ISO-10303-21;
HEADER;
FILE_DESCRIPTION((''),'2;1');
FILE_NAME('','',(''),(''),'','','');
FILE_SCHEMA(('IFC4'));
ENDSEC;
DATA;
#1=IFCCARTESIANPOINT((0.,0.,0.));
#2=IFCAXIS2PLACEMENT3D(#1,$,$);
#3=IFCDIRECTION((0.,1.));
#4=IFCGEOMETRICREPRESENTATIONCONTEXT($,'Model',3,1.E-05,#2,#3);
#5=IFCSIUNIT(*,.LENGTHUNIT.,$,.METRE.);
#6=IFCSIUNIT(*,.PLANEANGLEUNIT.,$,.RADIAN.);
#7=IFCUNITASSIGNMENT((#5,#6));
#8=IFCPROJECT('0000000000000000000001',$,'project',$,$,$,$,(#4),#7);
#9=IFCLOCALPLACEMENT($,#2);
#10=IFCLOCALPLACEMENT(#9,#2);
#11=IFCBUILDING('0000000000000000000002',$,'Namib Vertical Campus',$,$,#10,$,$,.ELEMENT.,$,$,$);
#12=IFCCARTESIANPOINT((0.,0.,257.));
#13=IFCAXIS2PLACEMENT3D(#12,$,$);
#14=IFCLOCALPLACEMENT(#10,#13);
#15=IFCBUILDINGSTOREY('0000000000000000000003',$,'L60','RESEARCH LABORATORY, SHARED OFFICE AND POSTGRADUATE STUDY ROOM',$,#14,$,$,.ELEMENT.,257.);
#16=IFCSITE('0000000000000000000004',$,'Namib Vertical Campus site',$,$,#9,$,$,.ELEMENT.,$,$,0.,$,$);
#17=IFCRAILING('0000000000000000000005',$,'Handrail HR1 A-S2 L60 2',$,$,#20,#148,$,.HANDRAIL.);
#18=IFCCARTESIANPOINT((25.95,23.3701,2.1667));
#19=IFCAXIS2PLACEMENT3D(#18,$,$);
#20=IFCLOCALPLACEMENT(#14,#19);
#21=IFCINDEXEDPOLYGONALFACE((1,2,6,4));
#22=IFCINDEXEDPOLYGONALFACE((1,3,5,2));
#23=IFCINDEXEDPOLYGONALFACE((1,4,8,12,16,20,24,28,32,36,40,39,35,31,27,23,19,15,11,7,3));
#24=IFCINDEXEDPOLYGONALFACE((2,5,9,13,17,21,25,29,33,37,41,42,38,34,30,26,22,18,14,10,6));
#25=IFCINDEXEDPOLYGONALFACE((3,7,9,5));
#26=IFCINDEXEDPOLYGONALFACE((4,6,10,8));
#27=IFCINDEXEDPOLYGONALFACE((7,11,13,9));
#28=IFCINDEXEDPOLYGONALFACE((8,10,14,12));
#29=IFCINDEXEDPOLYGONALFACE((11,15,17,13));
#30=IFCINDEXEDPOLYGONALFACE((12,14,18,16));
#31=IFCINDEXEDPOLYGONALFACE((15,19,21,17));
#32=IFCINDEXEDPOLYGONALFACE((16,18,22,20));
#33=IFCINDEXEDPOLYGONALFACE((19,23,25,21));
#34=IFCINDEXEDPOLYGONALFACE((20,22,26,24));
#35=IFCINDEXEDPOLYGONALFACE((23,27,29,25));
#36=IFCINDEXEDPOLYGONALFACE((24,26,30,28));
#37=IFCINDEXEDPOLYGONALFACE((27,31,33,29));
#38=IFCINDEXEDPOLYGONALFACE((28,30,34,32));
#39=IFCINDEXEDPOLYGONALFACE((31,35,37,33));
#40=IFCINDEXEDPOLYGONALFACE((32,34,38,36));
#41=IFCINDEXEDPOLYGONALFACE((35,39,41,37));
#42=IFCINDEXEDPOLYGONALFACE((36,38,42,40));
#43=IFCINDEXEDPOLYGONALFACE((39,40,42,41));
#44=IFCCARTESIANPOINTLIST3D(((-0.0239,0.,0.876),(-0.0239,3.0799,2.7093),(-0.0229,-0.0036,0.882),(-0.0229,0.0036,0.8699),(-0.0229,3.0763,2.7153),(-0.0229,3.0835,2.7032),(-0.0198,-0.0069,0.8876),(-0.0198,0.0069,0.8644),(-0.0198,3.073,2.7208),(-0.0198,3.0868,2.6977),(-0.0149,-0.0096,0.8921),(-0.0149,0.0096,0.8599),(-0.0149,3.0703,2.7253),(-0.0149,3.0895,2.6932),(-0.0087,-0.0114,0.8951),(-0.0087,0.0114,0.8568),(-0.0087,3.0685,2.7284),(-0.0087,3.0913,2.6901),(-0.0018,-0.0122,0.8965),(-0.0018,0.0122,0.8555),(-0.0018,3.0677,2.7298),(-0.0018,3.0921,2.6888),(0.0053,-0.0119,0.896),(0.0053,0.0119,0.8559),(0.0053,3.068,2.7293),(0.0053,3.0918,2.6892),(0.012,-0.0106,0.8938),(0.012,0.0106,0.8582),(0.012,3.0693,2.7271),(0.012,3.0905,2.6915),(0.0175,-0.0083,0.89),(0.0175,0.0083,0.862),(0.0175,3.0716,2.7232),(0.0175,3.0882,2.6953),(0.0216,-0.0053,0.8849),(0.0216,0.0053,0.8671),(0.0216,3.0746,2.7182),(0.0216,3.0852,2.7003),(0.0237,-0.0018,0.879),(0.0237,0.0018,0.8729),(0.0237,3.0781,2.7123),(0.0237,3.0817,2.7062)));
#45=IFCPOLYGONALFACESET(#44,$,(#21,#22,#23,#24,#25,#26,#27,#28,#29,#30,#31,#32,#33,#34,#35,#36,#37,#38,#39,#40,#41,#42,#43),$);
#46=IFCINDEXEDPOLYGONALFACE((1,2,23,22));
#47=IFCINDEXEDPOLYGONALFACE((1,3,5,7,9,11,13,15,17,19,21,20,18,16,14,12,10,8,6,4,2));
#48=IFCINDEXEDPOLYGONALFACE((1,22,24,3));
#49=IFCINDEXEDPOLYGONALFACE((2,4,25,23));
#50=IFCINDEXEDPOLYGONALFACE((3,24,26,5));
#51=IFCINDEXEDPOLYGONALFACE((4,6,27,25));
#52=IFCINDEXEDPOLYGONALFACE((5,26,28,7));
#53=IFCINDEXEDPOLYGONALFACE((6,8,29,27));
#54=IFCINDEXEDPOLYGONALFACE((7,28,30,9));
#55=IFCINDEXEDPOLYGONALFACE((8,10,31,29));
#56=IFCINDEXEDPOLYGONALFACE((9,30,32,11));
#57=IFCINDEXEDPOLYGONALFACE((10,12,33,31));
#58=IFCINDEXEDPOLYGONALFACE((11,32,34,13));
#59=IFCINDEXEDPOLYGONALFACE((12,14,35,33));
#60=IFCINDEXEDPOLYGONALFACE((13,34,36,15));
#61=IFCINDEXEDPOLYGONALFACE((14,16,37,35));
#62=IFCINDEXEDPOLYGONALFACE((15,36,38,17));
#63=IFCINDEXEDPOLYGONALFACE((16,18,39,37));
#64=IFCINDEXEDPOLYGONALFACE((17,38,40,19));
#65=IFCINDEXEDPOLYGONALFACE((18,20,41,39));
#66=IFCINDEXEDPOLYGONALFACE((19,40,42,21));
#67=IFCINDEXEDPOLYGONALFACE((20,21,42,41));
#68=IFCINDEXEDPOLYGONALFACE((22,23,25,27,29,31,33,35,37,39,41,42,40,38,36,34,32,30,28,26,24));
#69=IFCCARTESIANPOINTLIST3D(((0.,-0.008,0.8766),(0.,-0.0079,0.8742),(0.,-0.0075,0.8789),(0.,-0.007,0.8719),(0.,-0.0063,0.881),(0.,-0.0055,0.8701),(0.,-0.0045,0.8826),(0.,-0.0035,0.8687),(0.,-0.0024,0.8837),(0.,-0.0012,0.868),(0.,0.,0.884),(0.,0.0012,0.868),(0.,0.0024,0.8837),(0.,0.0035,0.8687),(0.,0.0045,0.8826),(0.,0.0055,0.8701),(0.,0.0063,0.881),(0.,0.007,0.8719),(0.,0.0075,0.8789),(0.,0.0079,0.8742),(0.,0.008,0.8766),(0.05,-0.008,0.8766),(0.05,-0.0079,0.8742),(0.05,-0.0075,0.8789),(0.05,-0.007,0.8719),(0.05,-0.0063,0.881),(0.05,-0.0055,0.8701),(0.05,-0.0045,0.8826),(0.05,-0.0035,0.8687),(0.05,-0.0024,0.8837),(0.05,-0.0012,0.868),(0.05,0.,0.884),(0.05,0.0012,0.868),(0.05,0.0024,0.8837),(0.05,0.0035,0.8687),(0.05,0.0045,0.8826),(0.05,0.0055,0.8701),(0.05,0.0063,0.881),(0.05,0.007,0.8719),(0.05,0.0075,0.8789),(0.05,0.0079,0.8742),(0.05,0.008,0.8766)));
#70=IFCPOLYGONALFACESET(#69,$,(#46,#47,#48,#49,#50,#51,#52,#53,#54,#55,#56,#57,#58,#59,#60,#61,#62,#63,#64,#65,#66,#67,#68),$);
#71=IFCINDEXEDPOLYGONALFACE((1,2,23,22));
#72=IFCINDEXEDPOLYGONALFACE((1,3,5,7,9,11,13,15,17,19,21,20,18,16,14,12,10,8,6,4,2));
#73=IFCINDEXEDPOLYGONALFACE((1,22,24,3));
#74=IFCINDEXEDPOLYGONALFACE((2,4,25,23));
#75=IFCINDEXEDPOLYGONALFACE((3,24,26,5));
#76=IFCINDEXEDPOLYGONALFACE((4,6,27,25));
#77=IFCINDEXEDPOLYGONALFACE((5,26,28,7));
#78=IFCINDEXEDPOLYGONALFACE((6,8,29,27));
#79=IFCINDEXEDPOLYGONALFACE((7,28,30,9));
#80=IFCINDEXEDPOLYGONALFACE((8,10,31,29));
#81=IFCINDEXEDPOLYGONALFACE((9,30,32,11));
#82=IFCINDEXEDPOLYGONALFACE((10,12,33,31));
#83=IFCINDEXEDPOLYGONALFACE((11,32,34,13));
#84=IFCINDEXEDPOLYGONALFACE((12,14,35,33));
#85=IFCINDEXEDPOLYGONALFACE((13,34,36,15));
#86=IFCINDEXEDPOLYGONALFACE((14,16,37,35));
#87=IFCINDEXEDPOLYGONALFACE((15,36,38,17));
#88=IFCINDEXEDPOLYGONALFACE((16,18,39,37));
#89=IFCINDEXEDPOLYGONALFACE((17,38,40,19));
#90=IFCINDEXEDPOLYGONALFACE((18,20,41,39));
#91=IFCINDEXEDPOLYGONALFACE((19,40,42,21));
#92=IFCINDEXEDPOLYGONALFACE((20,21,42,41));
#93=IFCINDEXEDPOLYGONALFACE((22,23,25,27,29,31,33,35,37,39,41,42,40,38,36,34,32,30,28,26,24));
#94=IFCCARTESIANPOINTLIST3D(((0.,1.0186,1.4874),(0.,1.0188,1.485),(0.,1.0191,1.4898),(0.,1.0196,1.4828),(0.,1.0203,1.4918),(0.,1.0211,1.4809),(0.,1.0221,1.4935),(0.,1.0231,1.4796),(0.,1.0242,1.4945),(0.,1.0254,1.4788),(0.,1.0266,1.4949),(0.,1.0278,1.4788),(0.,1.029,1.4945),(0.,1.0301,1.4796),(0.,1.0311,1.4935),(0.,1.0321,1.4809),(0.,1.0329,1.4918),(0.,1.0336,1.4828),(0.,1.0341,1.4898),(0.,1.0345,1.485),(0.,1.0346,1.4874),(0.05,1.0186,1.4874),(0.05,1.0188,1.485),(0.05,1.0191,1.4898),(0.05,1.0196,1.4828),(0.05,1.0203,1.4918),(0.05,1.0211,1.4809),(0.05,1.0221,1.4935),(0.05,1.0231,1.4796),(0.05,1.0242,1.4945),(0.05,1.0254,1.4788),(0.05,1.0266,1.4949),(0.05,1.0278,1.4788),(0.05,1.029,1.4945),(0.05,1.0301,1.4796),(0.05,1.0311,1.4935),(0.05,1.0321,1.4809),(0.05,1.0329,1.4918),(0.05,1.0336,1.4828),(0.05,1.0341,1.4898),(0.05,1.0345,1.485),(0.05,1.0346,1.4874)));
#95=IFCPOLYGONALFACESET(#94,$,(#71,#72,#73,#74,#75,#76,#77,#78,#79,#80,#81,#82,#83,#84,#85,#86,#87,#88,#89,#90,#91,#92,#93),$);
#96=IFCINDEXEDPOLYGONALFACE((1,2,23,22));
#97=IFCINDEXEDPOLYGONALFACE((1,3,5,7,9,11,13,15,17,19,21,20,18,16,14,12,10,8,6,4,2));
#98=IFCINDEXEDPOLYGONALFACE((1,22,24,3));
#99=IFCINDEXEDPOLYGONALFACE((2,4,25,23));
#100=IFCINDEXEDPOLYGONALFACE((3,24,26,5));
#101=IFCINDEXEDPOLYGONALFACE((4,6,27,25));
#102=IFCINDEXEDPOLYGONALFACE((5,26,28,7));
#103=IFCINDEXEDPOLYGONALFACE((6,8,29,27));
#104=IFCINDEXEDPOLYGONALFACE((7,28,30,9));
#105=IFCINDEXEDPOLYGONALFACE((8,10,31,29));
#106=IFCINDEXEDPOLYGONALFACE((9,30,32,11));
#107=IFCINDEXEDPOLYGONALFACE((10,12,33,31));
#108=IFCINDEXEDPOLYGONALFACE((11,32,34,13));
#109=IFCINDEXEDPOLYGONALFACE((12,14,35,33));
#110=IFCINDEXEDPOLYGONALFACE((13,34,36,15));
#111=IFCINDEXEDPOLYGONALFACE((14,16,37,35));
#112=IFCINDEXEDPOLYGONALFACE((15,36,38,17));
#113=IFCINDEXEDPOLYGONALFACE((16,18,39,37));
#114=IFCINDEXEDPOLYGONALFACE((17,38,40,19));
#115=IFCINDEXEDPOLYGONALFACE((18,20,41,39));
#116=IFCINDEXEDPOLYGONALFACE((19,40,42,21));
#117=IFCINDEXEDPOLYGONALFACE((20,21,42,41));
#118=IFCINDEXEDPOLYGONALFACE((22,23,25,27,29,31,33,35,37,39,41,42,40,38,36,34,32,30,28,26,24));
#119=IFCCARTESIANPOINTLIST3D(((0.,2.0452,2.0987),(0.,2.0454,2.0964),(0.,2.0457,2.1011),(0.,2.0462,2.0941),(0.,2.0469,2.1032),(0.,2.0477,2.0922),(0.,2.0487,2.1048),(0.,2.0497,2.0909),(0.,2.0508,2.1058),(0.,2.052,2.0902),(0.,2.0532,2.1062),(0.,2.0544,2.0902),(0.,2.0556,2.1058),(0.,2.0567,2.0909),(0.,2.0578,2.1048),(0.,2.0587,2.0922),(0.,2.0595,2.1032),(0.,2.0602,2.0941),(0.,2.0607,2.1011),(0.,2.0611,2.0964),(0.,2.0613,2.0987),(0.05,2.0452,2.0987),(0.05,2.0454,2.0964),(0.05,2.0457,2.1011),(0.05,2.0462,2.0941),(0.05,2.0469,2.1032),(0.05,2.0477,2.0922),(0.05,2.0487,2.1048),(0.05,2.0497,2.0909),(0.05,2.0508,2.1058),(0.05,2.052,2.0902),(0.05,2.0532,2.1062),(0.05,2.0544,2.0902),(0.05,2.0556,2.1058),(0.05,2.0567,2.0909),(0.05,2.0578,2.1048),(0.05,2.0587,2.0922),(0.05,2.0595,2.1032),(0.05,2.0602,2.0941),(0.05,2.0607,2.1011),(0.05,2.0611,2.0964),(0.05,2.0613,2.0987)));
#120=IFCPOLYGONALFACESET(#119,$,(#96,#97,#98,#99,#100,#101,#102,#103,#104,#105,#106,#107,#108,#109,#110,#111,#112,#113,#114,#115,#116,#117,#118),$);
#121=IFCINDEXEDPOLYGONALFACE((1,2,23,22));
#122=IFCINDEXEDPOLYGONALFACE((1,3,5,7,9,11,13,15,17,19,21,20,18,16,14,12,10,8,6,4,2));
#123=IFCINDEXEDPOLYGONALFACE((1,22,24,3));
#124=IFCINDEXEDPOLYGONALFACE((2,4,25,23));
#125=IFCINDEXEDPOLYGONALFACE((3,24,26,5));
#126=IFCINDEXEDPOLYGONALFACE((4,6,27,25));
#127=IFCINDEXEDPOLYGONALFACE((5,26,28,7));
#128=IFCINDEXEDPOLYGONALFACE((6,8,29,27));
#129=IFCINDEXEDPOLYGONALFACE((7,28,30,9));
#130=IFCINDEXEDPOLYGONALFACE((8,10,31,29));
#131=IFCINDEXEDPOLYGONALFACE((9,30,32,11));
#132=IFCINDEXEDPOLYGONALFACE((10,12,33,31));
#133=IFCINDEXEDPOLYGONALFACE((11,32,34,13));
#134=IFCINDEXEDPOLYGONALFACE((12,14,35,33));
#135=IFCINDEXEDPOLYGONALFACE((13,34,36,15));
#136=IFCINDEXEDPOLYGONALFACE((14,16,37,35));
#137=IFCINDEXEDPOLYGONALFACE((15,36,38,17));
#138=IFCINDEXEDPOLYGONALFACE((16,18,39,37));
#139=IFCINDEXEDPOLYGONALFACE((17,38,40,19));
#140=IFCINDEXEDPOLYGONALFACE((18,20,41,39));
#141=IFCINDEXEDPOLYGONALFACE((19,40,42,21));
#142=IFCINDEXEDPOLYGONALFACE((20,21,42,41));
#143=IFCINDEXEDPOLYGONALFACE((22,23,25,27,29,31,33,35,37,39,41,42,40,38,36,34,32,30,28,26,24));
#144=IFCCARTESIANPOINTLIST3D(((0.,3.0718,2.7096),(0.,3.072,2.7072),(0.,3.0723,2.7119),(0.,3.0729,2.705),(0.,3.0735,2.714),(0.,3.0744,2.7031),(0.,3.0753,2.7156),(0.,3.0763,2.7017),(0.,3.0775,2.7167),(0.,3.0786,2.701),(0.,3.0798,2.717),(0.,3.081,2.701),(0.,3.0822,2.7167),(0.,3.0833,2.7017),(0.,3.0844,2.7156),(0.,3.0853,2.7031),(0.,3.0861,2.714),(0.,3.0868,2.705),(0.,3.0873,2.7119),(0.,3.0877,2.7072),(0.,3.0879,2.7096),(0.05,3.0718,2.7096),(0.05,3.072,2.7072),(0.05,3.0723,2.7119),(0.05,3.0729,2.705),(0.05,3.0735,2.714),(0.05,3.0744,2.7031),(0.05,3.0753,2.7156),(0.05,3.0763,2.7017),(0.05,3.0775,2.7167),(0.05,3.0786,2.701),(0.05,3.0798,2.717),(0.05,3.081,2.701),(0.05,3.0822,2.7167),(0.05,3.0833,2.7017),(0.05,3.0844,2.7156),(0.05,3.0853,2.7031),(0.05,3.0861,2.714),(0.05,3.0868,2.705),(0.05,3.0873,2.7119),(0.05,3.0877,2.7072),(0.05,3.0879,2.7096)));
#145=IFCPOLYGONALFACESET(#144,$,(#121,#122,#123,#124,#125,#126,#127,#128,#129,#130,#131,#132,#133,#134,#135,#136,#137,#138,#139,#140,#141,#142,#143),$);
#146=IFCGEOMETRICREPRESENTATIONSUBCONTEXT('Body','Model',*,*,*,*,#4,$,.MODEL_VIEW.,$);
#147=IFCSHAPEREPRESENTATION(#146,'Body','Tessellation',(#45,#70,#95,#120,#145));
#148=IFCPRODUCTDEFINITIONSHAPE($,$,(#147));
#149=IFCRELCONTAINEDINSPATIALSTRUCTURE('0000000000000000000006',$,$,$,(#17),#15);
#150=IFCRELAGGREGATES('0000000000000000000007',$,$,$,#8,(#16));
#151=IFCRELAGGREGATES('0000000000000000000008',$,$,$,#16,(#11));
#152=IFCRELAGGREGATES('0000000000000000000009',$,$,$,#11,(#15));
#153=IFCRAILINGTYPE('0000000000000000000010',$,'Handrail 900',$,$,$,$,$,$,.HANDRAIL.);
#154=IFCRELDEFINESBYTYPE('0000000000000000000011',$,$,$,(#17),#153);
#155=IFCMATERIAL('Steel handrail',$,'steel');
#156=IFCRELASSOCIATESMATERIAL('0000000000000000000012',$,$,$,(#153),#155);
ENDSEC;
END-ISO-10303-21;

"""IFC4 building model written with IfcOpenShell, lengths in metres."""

from ifc_helpers import new_model, si_unit, direction, frame, origin, origin_2d, place, context, subcontext, project, spatial, circle, extrude, material, type_object, element, save


model = new_model("IFC4")

# Units and contexts
model_context = context("Model", 3, precision=1e-05, world=origin(), true_north=direction((0.0, 1.0)))
body_context = subcontext(model_context, "Body", "Model", "MODEL_VIEW")
ifc_project = project(units=[si_unit("LENGTHUNIT", "METRE"), si_unit("PLANEANGLEUNIT", "RADIAN")], contexts=[model_context])

# Site, building, storey
site_placement = place(None, origin())
site = spatial("IfcSite", under=ifc_project, at=site_placement, Name="Namib Vertical Campus site", CompositionType="ELEMENT", RefElevation=0.0)
building_placement = place(site_placement, origin())
building = spatial("IfcBuilding", under=site, at=building_placement, Name="Namib Vertical Campus", CompositionType="ELEMENT")
storey_placement = place(building_placement, frame((0.0, 0.0, 257.0)))
storey = spatial("IfcBuildingStorey", under=building, at=storey_placement, Name="L60", Description="RESEARCH LABORATORY, SHARED OFFICE AND POSTGRADUATE STUDY ROOM", CompositionType="ELEMENT", Elevation=257.0)

# Railing
ifc_material_1 = material(Name="Steel handrail", Category="steel")
railing_type_1 = type_object("IfcRailingType", Name="Handrail 900", PredefinedType="HANDRAIL", material=ifc_material_1)
railing_1_placement = place(storey_placement, frame((25.95, 23.3701, 2.1667)))
element("IfcRailing", 1, at=railing_1_placement, inside=storey, type_object=railing_type_1, Name="Handrail HR1 A-S2 L60 2", PredefinedType="HANDRAIL", context=body_context, shape_type="SweptSolid", body=[
    extrude(circle(Radius=0.0239, at=origin_2d()), frame((0.0, 0.0, 0.876), z_axis=(0.0, 0.859291, 0.511487), x_axis=(-1.0, 0.0, 0.0)), (0.0, 0.0, 1.0), 3.5842),
    extrude(circle(Radius=0.0081, at=origin_2d()), frame((0.0, 0.0, 0.876), z_axis=(1.0, 0.0, 0.0), x_axis=(0.0, 0.0, 1.0)), (0.0, 0.0, 1.0), 0.05),
    extrude(circle(Radius=0.0081, at=origin_2d()), frame((0.0, 1.0266, 1.4868), z_axis=(1.0, 0.0, 0.0), x_axis=(0.0, 0.0, 1.0)), (0.0, 0.0, 1.0), 0.05),
    extrude(circle(Radius=0.0081, at=origin_2d()), frame((0.0, 2.0532, 2.0981), z_axis=(1.0, 0.0, 0.0), x_axis=(0.0, 0.0, 1.0)), (0.0, 0.0, 1.0), 0.05),
    extrude(circle(Radius=0.0081, at=origin_2d()), frame((0.0, 3.0798, 2.709), z_axis=(1.0, 0.0, 0.0), x_axis=(0.0, 0.0, 1.0)), (0.0, 0.0, 1.0), 0.05),
])

save(model, "model.ifc")
